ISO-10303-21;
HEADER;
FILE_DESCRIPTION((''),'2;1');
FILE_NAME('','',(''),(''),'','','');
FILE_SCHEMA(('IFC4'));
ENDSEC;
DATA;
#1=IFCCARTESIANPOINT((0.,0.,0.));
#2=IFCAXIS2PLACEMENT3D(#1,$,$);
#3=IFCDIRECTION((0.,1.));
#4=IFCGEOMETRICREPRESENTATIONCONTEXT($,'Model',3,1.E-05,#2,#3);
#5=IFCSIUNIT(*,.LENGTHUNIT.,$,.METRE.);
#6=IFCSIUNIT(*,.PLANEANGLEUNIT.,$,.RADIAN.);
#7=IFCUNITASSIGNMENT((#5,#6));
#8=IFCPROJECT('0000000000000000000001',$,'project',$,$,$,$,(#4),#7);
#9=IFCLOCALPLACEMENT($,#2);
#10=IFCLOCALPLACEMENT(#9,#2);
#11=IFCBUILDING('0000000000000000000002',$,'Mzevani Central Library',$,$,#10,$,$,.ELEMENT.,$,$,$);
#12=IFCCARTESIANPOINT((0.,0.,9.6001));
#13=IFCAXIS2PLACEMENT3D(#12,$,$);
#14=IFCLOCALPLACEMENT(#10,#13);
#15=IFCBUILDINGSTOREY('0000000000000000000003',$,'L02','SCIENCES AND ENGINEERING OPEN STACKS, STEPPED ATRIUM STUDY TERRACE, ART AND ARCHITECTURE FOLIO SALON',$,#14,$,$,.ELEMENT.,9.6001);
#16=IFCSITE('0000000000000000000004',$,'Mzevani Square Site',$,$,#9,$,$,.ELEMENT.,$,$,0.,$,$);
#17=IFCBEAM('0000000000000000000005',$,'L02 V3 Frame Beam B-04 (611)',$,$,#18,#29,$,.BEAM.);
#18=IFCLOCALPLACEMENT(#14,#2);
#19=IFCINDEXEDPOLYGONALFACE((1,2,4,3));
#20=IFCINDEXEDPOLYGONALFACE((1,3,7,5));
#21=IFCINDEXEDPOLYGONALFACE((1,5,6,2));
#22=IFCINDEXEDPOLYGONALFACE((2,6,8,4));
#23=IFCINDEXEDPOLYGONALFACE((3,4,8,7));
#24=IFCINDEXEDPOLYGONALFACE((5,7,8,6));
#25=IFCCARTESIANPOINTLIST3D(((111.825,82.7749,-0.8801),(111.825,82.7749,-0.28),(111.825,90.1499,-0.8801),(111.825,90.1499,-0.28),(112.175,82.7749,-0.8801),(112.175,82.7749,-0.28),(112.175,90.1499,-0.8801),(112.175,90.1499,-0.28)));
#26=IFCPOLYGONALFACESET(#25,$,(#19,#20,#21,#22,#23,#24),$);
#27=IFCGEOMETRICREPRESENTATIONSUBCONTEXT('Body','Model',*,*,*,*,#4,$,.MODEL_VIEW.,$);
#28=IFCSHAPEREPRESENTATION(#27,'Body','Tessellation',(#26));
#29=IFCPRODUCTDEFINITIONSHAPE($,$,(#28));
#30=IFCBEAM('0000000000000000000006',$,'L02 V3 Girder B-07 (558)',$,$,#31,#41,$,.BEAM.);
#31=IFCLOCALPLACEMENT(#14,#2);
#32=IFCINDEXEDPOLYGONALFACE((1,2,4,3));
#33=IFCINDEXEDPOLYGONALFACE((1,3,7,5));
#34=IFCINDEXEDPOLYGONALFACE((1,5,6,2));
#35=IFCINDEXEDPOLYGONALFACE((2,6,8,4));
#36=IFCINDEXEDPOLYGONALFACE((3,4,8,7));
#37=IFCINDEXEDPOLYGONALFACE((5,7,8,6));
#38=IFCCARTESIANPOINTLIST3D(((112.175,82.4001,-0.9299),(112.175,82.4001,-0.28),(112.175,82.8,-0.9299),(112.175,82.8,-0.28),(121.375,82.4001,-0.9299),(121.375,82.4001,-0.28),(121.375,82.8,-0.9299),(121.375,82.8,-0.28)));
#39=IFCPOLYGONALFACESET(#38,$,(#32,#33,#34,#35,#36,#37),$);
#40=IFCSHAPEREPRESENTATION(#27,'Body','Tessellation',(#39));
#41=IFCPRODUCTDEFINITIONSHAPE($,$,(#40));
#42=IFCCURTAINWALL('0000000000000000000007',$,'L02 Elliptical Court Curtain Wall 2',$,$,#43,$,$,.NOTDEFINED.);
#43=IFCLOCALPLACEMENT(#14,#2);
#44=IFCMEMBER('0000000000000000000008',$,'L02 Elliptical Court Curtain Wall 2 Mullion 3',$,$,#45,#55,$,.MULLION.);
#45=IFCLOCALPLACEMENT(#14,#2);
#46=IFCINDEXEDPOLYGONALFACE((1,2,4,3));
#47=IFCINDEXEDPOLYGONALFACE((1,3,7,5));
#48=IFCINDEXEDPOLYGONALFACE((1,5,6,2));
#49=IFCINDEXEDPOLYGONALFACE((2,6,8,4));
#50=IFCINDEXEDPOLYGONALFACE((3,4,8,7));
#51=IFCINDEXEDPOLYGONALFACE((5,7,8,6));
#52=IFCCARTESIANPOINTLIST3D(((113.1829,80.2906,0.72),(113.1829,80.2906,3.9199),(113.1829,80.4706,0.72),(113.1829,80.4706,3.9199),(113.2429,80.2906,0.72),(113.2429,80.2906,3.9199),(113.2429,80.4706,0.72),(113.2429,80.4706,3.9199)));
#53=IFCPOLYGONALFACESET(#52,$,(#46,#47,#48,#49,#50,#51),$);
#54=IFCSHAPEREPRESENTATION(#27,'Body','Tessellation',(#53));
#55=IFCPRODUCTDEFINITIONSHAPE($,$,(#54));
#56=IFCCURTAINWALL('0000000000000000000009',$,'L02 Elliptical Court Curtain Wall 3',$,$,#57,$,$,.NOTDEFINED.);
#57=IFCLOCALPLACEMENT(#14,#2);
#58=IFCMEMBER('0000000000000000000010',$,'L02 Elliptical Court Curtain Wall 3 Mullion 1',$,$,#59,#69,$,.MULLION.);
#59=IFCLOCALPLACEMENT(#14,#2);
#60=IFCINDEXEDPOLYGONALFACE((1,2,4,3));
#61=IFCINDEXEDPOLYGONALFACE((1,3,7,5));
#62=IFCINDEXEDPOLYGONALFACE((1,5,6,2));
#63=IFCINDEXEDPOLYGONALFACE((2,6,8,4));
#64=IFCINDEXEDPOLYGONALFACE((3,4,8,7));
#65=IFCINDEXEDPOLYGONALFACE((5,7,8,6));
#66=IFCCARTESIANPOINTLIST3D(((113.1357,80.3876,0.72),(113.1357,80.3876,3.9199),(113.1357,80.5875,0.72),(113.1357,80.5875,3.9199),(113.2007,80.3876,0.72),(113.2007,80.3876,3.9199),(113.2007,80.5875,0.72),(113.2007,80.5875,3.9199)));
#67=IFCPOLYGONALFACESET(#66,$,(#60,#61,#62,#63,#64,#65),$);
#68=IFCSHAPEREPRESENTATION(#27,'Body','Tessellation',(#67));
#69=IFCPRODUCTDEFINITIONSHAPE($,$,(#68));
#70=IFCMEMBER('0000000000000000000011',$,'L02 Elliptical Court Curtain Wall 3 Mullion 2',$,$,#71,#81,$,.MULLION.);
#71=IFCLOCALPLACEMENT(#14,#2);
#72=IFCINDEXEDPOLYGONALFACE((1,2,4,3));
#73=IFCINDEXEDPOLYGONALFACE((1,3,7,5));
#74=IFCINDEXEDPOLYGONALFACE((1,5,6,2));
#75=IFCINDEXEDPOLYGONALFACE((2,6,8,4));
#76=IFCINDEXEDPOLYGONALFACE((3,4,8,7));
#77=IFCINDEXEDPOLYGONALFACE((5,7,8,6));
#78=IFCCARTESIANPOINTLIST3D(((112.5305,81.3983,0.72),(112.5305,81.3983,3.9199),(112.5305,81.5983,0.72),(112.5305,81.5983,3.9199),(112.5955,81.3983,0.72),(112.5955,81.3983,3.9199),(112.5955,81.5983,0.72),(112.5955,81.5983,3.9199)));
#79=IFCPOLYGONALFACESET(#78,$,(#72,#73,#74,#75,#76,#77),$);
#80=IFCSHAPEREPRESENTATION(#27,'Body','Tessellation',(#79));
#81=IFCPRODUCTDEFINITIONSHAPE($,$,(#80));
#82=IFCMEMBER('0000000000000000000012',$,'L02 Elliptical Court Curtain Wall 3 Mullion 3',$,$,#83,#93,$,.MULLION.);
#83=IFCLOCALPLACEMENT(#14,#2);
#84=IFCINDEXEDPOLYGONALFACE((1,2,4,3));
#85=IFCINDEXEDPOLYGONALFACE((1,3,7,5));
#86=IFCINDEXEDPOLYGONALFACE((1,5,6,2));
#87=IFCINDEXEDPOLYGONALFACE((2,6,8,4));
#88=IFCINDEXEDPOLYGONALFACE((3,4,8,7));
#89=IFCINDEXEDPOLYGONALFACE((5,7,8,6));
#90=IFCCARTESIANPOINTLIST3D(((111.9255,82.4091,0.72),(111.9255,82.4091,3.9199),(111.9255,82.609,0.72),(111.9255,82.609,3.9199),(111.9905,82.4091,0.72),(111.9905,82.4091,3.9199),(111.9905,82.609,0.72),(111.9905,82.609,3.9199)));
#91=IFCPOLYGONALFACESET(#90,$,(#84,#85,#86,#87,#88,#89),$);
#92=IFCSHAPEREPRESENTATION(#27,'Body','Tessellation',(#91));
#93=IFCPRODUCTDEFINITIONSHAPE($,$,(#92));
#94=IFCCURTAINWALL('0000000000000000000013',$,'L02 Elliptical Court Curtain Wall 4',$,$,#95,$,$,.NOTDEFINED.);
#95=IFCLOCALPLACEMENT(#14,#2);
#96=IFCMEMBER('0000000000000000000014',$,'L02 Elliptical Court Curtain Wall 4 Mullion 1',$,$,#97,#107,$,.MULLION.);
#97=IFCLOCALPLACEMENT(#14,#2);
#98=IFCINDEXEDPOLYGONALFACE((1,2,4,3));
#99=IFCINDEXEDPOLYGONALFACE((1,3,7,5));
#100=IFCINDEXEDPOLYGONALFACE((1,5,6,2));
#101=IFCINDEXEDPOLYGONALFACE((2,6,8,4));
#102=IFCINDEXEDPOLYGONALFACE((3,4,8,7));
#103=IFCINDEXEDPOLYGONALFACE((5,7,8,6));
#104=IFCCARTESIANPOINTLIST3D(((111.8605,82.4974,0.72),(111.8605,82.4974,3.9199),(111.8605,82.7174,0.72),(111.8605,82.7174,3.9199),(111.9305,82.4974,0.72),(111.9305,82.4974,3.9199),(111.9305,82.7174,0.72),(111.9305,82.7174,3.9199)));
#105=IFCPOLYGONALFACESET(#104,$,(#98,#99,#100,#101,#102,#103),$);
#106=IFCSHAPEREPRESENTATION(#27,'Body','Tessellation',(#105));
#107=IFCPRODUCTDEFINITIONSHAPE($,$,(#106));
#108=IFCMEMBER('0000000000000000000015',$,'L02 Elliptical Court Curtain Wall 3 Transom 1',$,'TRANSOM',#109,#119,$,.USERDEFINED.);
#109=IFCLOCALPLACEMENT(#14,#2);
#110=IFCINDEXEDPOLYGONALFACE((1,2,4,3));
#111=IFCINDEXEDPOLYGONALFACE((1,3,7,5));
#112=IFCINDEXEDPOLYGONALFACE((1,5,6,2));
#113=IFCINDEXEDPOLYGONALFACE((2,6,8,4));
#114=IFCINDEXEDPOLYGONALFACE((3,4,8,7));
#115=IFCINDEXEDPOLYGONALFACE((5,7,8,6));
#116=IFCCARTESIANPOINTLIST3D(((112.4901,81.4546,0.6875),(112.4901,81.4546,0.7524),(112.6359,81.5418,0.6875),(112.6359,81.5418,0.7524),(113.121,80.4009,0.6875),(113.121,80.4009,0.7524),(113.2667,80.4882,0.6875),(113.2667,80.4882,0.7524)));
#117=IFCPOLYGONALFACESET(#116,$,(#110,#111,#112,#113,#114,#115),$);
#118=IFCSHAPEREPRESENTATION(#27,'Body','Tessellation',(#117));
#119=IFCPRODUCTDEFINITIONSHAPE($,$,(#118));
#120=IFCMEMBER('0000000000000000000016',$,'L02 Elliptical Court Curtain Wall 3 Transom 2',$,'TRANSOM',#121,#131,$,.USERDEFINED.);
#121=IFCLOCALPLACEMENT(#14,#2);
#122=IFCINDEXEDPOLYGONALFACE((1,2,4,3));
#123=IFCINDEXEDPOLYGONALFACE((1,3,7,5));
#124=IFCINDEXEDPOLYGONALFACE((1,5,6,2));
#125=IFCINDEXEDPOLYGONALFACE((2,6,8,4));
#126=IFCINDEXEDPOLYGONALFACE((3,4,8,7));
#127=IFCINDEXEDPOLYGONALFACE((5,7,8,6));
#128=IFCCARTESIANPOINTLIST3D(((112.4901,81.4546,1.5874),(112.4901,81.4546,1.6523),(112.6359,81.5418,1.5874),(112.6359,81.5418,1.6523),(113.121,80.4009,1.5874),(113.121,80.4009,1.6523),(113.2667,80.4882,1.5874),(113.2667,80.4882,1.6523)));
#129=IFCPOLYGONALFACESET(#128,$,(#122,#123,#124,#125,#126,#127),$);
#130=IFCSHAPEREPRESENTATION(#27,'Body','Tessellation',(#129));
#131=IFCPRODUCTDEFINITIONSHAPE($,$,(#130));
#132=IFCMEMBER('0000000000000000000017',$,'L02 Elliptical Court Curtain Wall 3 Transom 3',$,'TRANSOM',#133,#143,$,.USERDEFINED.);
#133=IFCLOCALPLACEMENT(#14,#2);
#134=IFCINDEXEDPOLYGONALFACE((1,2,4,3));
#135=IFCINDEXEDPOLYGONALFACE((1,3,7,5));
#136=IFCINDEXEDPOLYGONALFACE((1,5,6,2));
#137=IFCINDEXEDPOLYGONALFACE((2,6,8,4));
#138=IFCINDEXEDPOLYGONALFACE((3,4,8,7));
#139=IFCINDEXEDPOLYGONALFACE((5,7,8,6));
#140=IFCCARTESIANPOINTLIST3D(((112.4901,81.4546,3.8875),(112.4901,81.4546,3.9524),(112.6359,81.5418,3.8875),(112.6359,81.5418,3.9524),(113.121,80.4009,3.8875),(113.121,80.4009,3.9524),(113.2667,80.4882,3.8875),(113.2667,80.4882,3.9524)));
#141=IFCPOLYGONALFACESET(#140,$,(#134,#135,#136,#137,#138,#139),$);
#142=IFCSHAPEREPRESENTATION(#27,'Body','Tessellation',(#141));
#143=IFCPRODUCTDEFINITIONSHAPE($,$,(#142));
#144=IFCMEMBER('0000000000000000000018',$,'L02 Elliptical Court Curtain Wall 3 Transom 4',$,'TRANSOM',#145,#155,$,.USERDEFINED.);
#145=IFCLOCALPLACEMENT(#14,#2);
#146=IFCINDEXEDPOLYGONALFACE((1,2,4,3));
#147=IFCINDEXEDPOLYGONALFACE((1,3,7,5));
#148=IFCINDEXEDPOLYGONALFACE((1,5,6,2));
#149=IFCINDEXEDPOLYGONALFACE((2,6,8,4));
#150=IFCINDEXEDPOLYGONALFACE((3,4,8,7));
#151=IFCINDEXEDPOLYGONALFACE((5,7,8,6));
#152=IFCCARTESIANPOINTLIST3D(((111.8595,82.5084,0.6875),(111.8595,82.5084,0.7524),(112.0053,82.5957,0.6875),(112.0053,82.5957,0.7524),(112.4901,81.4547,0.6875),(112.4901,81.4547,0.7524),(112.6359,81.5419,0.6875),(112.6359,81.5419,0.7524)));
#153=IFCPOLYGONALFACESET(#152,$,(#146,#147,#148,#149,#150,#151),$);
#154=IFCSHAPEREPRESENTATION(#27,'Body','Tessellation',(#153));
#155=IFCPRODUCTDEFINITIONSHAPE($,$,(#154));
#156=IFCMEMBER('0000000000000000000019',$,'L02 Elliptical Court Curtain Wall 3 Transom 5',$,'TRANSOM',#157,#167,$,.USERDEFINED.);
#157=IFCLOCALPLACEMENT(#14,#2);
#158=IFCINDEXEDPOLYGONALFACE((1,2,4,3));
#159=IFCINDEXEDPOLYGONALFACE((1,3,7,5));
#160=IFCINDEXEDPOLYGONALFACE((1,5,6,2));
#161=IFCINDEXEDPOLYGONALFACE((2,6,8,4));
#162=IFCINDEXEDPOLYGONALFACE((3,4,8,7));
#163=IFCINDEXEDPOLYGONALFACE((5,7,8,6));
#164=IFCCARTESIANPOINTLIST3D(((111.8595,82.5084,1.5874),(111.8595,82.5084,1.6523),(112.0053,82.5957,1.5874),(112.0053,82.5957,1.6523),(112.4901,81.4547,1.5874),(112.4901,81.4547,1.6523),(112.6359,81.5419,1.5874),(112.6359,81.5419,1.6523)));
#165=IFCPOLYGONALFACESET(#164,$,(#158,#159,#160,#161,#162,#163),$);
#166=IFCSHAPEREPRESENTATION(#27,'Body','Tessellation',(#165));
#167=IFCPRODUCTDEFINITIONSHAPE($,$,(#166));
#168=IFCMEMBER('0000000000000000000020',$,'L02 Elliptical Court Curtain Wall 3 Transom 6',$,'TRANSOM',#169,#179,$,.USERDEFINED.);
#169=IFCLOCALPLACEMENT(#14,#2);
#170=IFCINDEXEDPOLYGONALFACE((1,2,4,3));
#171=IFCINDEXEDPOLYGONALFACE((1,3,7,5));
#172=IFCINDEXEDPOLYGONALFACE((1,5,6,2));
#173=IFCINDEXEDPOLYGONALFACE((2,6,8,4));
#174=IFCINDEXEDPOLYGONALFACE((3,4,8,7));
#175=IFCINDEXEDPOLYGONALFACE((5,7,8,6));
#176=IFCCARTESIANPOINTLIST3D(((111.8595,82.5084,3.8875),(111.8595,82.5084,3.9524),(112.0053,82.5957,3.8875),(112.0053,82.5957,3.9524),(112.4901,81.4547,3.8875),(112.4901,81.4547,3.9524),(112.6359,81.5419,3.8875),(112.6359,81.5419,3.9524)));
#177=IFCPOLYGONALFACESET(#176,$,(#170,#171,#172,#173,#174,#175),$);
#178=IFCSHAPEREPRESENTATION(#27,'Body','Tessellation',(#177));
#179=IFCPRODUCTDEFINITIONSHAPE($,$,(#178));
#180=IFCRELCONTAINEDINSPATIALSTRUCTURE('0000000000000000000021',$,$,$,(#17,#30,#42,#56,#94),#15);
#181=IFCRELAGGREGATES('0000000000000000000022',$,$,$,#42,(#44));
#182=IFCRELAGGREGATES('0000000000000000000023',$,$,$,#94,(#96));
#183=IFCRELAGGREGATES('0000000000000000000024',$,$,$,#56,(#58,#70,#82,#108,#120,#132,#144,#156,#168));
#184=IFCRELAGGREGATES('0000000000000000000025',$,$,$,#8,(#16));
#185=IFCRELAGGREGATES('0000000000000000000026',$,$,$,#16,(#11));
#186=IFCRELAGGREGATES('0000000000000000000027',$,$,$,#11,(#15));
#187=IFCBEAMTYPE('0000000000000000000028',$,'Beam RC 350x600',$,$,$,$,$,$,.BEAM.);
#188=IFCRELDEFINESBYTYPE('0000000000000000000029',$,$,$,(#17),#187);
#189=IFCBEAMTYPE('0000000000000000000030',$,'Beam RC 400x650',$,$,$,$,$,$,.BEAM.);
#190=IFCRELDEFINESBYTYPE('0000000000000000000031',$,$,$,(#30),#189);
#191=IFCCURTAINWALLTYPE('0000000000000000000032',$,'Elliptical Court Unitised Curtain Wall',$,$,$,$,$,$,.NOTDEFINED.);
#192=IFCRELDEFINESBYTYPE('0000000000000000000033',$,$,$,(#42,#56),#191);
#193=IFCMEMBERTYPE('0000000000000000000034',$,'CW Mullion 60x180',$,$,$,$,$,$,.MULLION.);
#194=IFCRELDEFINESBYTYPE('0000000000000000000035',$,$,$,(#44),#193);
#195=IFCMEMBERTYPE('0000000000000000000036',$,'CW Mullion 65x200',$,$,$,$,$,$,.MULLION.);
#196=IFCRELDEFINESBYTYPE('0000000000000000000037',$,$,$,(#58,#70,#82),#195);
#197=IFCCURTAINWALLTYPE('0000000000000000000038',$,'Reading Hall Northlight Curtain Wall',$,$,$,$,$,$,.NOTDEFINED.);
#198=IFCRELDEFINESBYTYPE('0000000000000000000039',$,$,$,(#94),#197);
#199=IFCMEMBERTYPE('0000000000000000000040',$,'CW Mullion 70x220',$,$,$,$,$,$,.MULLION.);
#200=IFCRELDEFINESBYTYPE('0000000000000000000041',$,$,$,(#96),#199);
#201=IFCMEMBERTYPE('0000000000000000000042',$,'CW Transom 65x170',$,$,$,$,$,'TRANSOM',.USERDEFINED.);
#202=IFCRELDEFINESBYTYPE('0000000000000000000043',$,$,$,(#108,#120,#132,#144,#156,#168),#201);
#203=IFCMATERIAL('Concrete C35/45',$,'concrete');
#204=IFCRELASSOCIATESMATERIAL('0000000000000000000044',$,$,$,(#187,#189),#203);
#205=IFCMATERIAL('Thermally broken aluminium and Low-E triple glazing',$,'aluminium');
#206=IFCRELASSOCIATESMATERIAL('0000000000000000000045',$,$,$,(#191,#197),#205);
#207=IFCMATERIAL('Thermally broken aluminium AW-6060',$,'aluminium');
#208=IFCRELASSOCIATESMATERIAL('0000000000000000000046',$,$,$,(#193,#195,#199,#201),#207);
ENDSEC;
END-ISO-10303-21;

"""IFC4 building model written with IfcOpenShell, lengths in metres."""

from ifc_helpers import new_model, si_unit, direction, frame, origin, origin_2d, place, context, subcontext, project, spatial, rectangle, extrude, material, material_profile, profile_set, type_object, element, aggregate, save


model = new_model("IFC4")

# Units and contexts
model_context = context("Model", 3, precision=1e-05, world=origin(), true_north=direction((0.0, 1.0)))
body_context = subcontext(model_context, "Body", "Model", "MODEL_VIEW")
ifc_project = project(units=[si_unit("LENGTHUNIT", "METRE"), si_unit("PLANEANGLEUNIT", "RADIAN")], contexts=[model_context])

# Site, building, storey
site_placement = place(None, origin())
site = spatial("IfcSite", under=ifc_project, at=site_placement, Name="Mzevani Square Site", CompositionType="ELEMENT", RefElevation=0.0)
building_placement = place(site_placement, origin())
building = spatial("IfcBuilding", under=site, at=building_placement, Name="Mzevani Central Library", CompositionType="ELEMENT")
storey_placement = place(building_placement, frame((0.0, 0.0, 9.6001)))
storey = spatial("IfcBuildingStorey", under=building, at=storey_placement, Name="L02", Description="SCIENCES AND ENGINEERING OPEN STACKS, STEPPED ATRIUM STUDY TERRACE, ART AND ARCHITECTURE FOLIO SALON", CompositionType="ELEMENT", Elevation=9.6001)

# Beams
ifc_material_1 = material(Name="Concrete C35/45", Category="concrete")
ifc_material_profile_1 = material_profile(ifc_material_1, rectangle(XDim=0.3501, YDim=0.6001, at=origin_2d()), Name="RC B350x600")
ifc_profile_set_1 = profile_set([ifc_material_profile_1], Name="Concrete C35/45")
beam_type_1 = type_object("IfcBeamType", Name="Beam RC 350x600", PredefinedType="BEAM", material=ifc_profile_set_1)
beam_1_placement = place(storey_placement, frame((112.0, 82.7749, -0.5801), z_axis=(0.0, 1.0, 0.0), x_axis=(-1.0, 0.0, 0.0)))
element("IfcBeam", 1, at=beam_1_placement, inside=storey, type_object=beam_type_1, Name="L02 V3 Frame Beam B-04 (611)", PredefinedType="BEAM", context=body_context, shape_type="SweptSolid", body=[
    extrude(rectangle(XDim=0.3501, YDim=0.6001, at=origin_2d()), origin(), (0.0, 0.0, 1.0), 7.375),
])
ifc_material_profile_2 = material_profile(ifc_material_1, rectangle(XDim=0.3999, YDim=0.6499, at=origin_2d()), Name="RC B400x650")
ifc_profile_set_2 = profile_set([ifc_material_profile_2], Name="Concrete C35/45")
beam_type_2 = type_object("IfcBeamType", Name="Beam RC 400x650", PredefinedType="BEAM", material=ifc_profile_set_2)
beam_2_placement = place(storey_placement, frame((112.175, 82.6001, -0.605), z_axis=(1.0, 0.0, 0.0), x_axis=(0.0, 1.0, 0.0)))
element("IfcBeam", 2, at=beam_2_placement, inside=storey, type_object=beam_type_2, Name="L02 V3 Girder B-07 (558)", PredefinedType="BEAM", context=body_context, shape_type="SweptSolid", body=[
    extrude(rectangle(XDim=0.3999, YDim=0.6499, at=origin_2d()), origin(), (0.0, 0.0, 1.0), 9.2),
])

# Curtain wall, member
ifc_material_2 = material(Name="Thermally broken aluminium and Low-E triple glazing", Category="aluminium")
curtain_wall_type_1 = type_object("IfcCurtainWallType", Name="Elliptical Court Unitised Curtain Wall", PredefinedType="NOTDEFINED", material=ifc_material_2)
curtain_wall_1_placement = place(storey_placement, origin())
curtain_wall_1 = element("IfcCurtainWall", 3, at=curtain_wall_1_placement, inside=storey, type_object=curtain_wall_type_1, Name="L02 Elliptical Court Curtain Wall 2", PredefinedType="NOTDEFINED")
ifc_material_3 = material(Name="Thermally broken aluminium AW-6060", Category="aluminium")
ifc_material_profile_3 = material_profile(ifc_material_3, rectangle(XDim=0.0601, YDim=0.1799, at=origin_2d()), Name="ALU M60x180")
ifc_profile_set_3 = profile_set([ifc_material_profile_3], Name="Thermally broken aluminium AW-6060")
member_type_1 = type_object("IfcMemberType", Name="CW Mullion 60x180", PredefinedType="MULLION", material=ifc_profile_set_3)
member_1_placement = place(storey_placement, frame((113.2129, 80.3806, 0.72), z_axis=(0.0, 0.0, 1.0), x_axis=(1.0, 0.0, 0.0)))
member_1 = element("IfcMember", 4, at=member_1_placement, type_object=member_type_1, Name="L02 Elliptical Court Curtain Wall 2 Mullion 3", PredefinedType="MULLION", context=body_context, shape_type="SweptSolid", body=[
    extrude(rectangle(XDim=0.0601, YDim=0.1799, at=origin_2d()), origin(), (0.0, 0.0, 1.0), 3.2),
])
aggregate(curtain_wall_1, [member_1])

# Curtain wall, members
curtain_wall_2_placement = place(storey_placement, origin())
curtain_wall_2 = element("IfcCurtainWall", 5, at=curtain_wall_2_placement, inside=storey, type_object=curtain_wall_type_1, Name="L02 Elliptical Court Curtain Wall 3", PredefinedType="NOTDEFINED")
ifc_material_profile_4 = material_profile(ifc_material_3, rectangle(XDim=0.0649, YDim=0.2, at=origin_2d()), Name="ALU M65x200")
ifc_profile_set_4 = profile_set([ifc_material_profile_4], Name="Thermally broken aluminium AW-6060")
member_type_2 = type_object("IfcMemberType", Name="CW Mullion 65x200", PredefinedType="MULLION", material=ifc_profile_set_4)
member_2_placement = place(storey_placement, frame((113.1682, 80.4875, 0.72), z_axis=(0.0, 0.0, 1.0), x_axis=(1.0, 0.0, 0.0)))
member_2 = element("IfcMember", 6, at=member_2_placement, type_object=member_type_2, Name="L02 Elliptical Court Curtain Wall 3 Mullion 1", PredefinedType="MULLION", context=body_context, shape_type="SweptSolid", body=[
    extrude(rectangle(XDim=0.0649, YDim=0.2, at=origin_2d()), origin(), (0.0, 0.0, 1.0), 3.2),
])
member_3_placement = place(storey_placement, frame((112.563, 81.4983, 0.72), z_axis=(0.0, 0.0, 1.0), x_axis=(1.0, 0.0, 0.0)))
member_3 = element("IfcMember", 7, at=member_3_placement, type_object=member_type_2, Name="L02 Elliptical Court Curtain Wall 3 Mullion 2", PredefinedType="MULLION", context=body_context, shape_type="SweptSolid", body=[
    extrude(rectangle(XDim=0.0649, YDim=0.2, at=origin_2d()), origin(), (0.0, 0.0, 1.0), 3.2),
])
member_4_placement = place(storey_placement, frame((111.958, 82.509, 0.72), z_axis=(0.0, 0.0, 1.0), x_axis=(1.0, 0.0, 0.0)))
member_4 = element("IfcMember", 8, at=member_4_placement, type_object=member_type_2, Name="L02 Elliptical Court Curtain Wall 3 Mullion 3", PredefinedType="MULLION", context=body_context, shape_type="SweptSolid", body=[
    extrude(rectangle(XDim=0.0649, YDim=0.2, at=origin_2d()), origin(), (0.0, 0.0, 1.0), 3.2),
])

# Curtain wall, member
curtain_wall_type_2 = type_object("IfcCurtainWallType", Name="Reading Hall Northlight Curtain Wall", PredefinedType="NOTDEFINED", material=ifc_material_2)
curtain_wall_3_placement = place(storey_placement, origin())
curtain_wall_3 = element("IfcCurtainWall", 9, at=curtain_wall_3_placement, inside=storey, type_object=curtain_wall_type_2, Name="L02 Elliptical Court Curtain Wall 4", PredefinedType="NOTDEFINED")
ifc_material_profile_5 = material_profile(ifc_material_3, rectangle(XDim=0.0701, YDim=0.22, at=origin_2d()), Name="ALU M70x220")
ifc_profile_set_5 = profile_set([ifc_material_profile_5], Name="Thermally broken aluminium AW-6060")
member_type_3 = type_object("IfcMemberType", Name="CW Mullion 70x220", PredefinedType="MULLION", material=ifc_profile_set_5)
member_5_placement = place(storey_placement, frame((111.8955, 82.6074, 0.72), z_axis=(0.0, 0.0, 1.0), x_axis=(1.0, 0.0, 0.0)))
member_5 = element("IfcMember", 10, at=member_5_placement, type_object=member_type_3, Name="L02 Elliptical Court Curtain Wall 4 Mullion 1", PredefinedType="MULLION", context=body_context, shape_type="SweptSolid", body=[
    extrude(rectangle(XDim=0.0701, YDim=0.22, at=origin_2d()), origin(), (0.0, 0.0, 1.0), 3.2),
])

# Members
ifc_material_profile_6 = material_profile(ifc_material_3, rectangle(XDim=0.1699, YDim=0.0649, at=origin_2d()), Name="ALU T65x170")
ifc_profile_set_6 = profile_set([ifc_material_profile_6], Name="Thermally broken aluminium AW-6060")
member_type_4 = type_object("IfcMemberType", Name="CW Transom 65x170", ElementType="TRANSOM", PredefinedType="USERDEFINED", material=ifc_profile_set_6)
member_6_placement = place(storey_placement, frame((113.1938, 80.4446, 0.72), z_axis=(-0.513677, 0.857984, 0.0), x_axis=(-0.857984, -0.513677, 0.0)))
member_6 = element("IfcMember", 11, at=member_6_placement, type_object=member_type_4, Name="L02 Elliptical Court Curtain Wall 3 Transom 1", ObjectType="TRANSOM", PredefinedType="USERDEFINED", context=body_context, shape_type="SweptSolid", body=[
    extrude(rectangle(XDim=0.1699, YDim=0.0649, at=origin_2d()), origin(), (0.0, 0.0, 1.0), 1.228),
])
member_7_placement = place(storey_placement, frame((113.1938, 80.4446, 1.6199), z_axis=(-0.513677, 0.857984, 0.0), x_axis=(-0.857984, -0.513677, 0.0)))
member_7 = element("IfcMember", 12, at=member_7_placement, type_object=member_type_4, Name="L02 Elliptical Court Curtain Wall 3 Transom 2", ObjectType="TRANSOM", PredefinedType="USERDEFINED", context=body_context, shape_type="SweptSolid", body=[
    extrude(rectangle(XDim=0.1699, YDim=0.0649, at=origin_2d()), origin(), (0.0, 0.0, 1.0), 1.228),
])
member_8_placement = place(storey_placement, frame((113.1938, 80.4446, 3.9199), z_axis=(-0.513677, 0.857984, 0.0), x_axis=(-0.857984, -0.513677, 0.0)))
member_8 = element("IfcMember", 13, at=member_8_placement, type_object=member_type_4, Name="L02 Elliptical Court Curtain Wall 3 Transom 3", ObjectType="TRANSOM", PredefinedType="USERDEFINED", context=body_context, shape_type="SweptSolid", body=[
    extrude(rectangle(XDim=0.1699, YDim=0.0649, at=origin_2d()), origin(), (0.0, 0.0, 1.0), 1.228),
])
member_9_placement = place(storey_placement, frame((112.563, 81.4983, 0.72), z_axis=(-0.513531, 0.858071, 0.0), x_axis=(-0.858071, -0.513531, 0.0)))
member_9 = element("IfcMember", 14, at=member_9_placement, type_object=member_type_4, Name="L02 Elliptical Court Curtain Wall 3 Transom 4", ObjectType="TRANSOM", PredefinedType="USERDEFINED", context=body_context, shape_type="SweptSolid", body=[
    extrude(rectangle(XDim=0.1699, YDim=0.0649, at=origin_2d()), origin(), (0.0, 0.0, 1.0), 1.228),
])
member_10_placement = place(storey_placement, frame((112.563, 81.4983, 1.6199), z_axis=(-0.513531, 0.858071, 0.0), x_axis=(-0.858071, -0.513531, 0.0)))
member_10 = element("IfcMember", 15, at=member_10_placement, type_object=member_type_4, Name="L02 Elliptical Court Curtain Wall 3 Transom 5", ObjectType="TRANSOM", PredefinedType="USERDEFINED", context=body_context, shape_type="SweptSolid", body=[
    extrude(rectangle(XDim=0.1699, YDim=0.0649, at=origin_2d()), origin(), (0.0, 0.0, 1.0), 1.228),
])
member_11_placement = place(storey_placement, frame((112.563, 81.4983, 3.9199), z_axis=(-0.513531, 0.858071, 0.0), x_axis=(-0.858071, -0.513531, 0.0)))
member_11 = element("IfcMember", 16, at=member_11_placement, type_object=member_type_4, Name="L02 Elliptical Court Curtain Wall 3 Transom 6", ObjectType="TRANSOM", PredefinedType="USERDEFINED", context=body_context, shape_type="SweptSolid", body=[
    extrude(rectangle(XDim=0.1699, YDim=0.0649, at=origin_2d()), origin(), (0.0, 0.0, 1.0), 1.228),
])

aggregate(curtain_wall_3, [member_5])
aggregate(curtain_wall_2, [member_2, member_3, member_4, member_6, member_7, member_8, member_9, member_10, member_11])

save(model, "model.ifc")
